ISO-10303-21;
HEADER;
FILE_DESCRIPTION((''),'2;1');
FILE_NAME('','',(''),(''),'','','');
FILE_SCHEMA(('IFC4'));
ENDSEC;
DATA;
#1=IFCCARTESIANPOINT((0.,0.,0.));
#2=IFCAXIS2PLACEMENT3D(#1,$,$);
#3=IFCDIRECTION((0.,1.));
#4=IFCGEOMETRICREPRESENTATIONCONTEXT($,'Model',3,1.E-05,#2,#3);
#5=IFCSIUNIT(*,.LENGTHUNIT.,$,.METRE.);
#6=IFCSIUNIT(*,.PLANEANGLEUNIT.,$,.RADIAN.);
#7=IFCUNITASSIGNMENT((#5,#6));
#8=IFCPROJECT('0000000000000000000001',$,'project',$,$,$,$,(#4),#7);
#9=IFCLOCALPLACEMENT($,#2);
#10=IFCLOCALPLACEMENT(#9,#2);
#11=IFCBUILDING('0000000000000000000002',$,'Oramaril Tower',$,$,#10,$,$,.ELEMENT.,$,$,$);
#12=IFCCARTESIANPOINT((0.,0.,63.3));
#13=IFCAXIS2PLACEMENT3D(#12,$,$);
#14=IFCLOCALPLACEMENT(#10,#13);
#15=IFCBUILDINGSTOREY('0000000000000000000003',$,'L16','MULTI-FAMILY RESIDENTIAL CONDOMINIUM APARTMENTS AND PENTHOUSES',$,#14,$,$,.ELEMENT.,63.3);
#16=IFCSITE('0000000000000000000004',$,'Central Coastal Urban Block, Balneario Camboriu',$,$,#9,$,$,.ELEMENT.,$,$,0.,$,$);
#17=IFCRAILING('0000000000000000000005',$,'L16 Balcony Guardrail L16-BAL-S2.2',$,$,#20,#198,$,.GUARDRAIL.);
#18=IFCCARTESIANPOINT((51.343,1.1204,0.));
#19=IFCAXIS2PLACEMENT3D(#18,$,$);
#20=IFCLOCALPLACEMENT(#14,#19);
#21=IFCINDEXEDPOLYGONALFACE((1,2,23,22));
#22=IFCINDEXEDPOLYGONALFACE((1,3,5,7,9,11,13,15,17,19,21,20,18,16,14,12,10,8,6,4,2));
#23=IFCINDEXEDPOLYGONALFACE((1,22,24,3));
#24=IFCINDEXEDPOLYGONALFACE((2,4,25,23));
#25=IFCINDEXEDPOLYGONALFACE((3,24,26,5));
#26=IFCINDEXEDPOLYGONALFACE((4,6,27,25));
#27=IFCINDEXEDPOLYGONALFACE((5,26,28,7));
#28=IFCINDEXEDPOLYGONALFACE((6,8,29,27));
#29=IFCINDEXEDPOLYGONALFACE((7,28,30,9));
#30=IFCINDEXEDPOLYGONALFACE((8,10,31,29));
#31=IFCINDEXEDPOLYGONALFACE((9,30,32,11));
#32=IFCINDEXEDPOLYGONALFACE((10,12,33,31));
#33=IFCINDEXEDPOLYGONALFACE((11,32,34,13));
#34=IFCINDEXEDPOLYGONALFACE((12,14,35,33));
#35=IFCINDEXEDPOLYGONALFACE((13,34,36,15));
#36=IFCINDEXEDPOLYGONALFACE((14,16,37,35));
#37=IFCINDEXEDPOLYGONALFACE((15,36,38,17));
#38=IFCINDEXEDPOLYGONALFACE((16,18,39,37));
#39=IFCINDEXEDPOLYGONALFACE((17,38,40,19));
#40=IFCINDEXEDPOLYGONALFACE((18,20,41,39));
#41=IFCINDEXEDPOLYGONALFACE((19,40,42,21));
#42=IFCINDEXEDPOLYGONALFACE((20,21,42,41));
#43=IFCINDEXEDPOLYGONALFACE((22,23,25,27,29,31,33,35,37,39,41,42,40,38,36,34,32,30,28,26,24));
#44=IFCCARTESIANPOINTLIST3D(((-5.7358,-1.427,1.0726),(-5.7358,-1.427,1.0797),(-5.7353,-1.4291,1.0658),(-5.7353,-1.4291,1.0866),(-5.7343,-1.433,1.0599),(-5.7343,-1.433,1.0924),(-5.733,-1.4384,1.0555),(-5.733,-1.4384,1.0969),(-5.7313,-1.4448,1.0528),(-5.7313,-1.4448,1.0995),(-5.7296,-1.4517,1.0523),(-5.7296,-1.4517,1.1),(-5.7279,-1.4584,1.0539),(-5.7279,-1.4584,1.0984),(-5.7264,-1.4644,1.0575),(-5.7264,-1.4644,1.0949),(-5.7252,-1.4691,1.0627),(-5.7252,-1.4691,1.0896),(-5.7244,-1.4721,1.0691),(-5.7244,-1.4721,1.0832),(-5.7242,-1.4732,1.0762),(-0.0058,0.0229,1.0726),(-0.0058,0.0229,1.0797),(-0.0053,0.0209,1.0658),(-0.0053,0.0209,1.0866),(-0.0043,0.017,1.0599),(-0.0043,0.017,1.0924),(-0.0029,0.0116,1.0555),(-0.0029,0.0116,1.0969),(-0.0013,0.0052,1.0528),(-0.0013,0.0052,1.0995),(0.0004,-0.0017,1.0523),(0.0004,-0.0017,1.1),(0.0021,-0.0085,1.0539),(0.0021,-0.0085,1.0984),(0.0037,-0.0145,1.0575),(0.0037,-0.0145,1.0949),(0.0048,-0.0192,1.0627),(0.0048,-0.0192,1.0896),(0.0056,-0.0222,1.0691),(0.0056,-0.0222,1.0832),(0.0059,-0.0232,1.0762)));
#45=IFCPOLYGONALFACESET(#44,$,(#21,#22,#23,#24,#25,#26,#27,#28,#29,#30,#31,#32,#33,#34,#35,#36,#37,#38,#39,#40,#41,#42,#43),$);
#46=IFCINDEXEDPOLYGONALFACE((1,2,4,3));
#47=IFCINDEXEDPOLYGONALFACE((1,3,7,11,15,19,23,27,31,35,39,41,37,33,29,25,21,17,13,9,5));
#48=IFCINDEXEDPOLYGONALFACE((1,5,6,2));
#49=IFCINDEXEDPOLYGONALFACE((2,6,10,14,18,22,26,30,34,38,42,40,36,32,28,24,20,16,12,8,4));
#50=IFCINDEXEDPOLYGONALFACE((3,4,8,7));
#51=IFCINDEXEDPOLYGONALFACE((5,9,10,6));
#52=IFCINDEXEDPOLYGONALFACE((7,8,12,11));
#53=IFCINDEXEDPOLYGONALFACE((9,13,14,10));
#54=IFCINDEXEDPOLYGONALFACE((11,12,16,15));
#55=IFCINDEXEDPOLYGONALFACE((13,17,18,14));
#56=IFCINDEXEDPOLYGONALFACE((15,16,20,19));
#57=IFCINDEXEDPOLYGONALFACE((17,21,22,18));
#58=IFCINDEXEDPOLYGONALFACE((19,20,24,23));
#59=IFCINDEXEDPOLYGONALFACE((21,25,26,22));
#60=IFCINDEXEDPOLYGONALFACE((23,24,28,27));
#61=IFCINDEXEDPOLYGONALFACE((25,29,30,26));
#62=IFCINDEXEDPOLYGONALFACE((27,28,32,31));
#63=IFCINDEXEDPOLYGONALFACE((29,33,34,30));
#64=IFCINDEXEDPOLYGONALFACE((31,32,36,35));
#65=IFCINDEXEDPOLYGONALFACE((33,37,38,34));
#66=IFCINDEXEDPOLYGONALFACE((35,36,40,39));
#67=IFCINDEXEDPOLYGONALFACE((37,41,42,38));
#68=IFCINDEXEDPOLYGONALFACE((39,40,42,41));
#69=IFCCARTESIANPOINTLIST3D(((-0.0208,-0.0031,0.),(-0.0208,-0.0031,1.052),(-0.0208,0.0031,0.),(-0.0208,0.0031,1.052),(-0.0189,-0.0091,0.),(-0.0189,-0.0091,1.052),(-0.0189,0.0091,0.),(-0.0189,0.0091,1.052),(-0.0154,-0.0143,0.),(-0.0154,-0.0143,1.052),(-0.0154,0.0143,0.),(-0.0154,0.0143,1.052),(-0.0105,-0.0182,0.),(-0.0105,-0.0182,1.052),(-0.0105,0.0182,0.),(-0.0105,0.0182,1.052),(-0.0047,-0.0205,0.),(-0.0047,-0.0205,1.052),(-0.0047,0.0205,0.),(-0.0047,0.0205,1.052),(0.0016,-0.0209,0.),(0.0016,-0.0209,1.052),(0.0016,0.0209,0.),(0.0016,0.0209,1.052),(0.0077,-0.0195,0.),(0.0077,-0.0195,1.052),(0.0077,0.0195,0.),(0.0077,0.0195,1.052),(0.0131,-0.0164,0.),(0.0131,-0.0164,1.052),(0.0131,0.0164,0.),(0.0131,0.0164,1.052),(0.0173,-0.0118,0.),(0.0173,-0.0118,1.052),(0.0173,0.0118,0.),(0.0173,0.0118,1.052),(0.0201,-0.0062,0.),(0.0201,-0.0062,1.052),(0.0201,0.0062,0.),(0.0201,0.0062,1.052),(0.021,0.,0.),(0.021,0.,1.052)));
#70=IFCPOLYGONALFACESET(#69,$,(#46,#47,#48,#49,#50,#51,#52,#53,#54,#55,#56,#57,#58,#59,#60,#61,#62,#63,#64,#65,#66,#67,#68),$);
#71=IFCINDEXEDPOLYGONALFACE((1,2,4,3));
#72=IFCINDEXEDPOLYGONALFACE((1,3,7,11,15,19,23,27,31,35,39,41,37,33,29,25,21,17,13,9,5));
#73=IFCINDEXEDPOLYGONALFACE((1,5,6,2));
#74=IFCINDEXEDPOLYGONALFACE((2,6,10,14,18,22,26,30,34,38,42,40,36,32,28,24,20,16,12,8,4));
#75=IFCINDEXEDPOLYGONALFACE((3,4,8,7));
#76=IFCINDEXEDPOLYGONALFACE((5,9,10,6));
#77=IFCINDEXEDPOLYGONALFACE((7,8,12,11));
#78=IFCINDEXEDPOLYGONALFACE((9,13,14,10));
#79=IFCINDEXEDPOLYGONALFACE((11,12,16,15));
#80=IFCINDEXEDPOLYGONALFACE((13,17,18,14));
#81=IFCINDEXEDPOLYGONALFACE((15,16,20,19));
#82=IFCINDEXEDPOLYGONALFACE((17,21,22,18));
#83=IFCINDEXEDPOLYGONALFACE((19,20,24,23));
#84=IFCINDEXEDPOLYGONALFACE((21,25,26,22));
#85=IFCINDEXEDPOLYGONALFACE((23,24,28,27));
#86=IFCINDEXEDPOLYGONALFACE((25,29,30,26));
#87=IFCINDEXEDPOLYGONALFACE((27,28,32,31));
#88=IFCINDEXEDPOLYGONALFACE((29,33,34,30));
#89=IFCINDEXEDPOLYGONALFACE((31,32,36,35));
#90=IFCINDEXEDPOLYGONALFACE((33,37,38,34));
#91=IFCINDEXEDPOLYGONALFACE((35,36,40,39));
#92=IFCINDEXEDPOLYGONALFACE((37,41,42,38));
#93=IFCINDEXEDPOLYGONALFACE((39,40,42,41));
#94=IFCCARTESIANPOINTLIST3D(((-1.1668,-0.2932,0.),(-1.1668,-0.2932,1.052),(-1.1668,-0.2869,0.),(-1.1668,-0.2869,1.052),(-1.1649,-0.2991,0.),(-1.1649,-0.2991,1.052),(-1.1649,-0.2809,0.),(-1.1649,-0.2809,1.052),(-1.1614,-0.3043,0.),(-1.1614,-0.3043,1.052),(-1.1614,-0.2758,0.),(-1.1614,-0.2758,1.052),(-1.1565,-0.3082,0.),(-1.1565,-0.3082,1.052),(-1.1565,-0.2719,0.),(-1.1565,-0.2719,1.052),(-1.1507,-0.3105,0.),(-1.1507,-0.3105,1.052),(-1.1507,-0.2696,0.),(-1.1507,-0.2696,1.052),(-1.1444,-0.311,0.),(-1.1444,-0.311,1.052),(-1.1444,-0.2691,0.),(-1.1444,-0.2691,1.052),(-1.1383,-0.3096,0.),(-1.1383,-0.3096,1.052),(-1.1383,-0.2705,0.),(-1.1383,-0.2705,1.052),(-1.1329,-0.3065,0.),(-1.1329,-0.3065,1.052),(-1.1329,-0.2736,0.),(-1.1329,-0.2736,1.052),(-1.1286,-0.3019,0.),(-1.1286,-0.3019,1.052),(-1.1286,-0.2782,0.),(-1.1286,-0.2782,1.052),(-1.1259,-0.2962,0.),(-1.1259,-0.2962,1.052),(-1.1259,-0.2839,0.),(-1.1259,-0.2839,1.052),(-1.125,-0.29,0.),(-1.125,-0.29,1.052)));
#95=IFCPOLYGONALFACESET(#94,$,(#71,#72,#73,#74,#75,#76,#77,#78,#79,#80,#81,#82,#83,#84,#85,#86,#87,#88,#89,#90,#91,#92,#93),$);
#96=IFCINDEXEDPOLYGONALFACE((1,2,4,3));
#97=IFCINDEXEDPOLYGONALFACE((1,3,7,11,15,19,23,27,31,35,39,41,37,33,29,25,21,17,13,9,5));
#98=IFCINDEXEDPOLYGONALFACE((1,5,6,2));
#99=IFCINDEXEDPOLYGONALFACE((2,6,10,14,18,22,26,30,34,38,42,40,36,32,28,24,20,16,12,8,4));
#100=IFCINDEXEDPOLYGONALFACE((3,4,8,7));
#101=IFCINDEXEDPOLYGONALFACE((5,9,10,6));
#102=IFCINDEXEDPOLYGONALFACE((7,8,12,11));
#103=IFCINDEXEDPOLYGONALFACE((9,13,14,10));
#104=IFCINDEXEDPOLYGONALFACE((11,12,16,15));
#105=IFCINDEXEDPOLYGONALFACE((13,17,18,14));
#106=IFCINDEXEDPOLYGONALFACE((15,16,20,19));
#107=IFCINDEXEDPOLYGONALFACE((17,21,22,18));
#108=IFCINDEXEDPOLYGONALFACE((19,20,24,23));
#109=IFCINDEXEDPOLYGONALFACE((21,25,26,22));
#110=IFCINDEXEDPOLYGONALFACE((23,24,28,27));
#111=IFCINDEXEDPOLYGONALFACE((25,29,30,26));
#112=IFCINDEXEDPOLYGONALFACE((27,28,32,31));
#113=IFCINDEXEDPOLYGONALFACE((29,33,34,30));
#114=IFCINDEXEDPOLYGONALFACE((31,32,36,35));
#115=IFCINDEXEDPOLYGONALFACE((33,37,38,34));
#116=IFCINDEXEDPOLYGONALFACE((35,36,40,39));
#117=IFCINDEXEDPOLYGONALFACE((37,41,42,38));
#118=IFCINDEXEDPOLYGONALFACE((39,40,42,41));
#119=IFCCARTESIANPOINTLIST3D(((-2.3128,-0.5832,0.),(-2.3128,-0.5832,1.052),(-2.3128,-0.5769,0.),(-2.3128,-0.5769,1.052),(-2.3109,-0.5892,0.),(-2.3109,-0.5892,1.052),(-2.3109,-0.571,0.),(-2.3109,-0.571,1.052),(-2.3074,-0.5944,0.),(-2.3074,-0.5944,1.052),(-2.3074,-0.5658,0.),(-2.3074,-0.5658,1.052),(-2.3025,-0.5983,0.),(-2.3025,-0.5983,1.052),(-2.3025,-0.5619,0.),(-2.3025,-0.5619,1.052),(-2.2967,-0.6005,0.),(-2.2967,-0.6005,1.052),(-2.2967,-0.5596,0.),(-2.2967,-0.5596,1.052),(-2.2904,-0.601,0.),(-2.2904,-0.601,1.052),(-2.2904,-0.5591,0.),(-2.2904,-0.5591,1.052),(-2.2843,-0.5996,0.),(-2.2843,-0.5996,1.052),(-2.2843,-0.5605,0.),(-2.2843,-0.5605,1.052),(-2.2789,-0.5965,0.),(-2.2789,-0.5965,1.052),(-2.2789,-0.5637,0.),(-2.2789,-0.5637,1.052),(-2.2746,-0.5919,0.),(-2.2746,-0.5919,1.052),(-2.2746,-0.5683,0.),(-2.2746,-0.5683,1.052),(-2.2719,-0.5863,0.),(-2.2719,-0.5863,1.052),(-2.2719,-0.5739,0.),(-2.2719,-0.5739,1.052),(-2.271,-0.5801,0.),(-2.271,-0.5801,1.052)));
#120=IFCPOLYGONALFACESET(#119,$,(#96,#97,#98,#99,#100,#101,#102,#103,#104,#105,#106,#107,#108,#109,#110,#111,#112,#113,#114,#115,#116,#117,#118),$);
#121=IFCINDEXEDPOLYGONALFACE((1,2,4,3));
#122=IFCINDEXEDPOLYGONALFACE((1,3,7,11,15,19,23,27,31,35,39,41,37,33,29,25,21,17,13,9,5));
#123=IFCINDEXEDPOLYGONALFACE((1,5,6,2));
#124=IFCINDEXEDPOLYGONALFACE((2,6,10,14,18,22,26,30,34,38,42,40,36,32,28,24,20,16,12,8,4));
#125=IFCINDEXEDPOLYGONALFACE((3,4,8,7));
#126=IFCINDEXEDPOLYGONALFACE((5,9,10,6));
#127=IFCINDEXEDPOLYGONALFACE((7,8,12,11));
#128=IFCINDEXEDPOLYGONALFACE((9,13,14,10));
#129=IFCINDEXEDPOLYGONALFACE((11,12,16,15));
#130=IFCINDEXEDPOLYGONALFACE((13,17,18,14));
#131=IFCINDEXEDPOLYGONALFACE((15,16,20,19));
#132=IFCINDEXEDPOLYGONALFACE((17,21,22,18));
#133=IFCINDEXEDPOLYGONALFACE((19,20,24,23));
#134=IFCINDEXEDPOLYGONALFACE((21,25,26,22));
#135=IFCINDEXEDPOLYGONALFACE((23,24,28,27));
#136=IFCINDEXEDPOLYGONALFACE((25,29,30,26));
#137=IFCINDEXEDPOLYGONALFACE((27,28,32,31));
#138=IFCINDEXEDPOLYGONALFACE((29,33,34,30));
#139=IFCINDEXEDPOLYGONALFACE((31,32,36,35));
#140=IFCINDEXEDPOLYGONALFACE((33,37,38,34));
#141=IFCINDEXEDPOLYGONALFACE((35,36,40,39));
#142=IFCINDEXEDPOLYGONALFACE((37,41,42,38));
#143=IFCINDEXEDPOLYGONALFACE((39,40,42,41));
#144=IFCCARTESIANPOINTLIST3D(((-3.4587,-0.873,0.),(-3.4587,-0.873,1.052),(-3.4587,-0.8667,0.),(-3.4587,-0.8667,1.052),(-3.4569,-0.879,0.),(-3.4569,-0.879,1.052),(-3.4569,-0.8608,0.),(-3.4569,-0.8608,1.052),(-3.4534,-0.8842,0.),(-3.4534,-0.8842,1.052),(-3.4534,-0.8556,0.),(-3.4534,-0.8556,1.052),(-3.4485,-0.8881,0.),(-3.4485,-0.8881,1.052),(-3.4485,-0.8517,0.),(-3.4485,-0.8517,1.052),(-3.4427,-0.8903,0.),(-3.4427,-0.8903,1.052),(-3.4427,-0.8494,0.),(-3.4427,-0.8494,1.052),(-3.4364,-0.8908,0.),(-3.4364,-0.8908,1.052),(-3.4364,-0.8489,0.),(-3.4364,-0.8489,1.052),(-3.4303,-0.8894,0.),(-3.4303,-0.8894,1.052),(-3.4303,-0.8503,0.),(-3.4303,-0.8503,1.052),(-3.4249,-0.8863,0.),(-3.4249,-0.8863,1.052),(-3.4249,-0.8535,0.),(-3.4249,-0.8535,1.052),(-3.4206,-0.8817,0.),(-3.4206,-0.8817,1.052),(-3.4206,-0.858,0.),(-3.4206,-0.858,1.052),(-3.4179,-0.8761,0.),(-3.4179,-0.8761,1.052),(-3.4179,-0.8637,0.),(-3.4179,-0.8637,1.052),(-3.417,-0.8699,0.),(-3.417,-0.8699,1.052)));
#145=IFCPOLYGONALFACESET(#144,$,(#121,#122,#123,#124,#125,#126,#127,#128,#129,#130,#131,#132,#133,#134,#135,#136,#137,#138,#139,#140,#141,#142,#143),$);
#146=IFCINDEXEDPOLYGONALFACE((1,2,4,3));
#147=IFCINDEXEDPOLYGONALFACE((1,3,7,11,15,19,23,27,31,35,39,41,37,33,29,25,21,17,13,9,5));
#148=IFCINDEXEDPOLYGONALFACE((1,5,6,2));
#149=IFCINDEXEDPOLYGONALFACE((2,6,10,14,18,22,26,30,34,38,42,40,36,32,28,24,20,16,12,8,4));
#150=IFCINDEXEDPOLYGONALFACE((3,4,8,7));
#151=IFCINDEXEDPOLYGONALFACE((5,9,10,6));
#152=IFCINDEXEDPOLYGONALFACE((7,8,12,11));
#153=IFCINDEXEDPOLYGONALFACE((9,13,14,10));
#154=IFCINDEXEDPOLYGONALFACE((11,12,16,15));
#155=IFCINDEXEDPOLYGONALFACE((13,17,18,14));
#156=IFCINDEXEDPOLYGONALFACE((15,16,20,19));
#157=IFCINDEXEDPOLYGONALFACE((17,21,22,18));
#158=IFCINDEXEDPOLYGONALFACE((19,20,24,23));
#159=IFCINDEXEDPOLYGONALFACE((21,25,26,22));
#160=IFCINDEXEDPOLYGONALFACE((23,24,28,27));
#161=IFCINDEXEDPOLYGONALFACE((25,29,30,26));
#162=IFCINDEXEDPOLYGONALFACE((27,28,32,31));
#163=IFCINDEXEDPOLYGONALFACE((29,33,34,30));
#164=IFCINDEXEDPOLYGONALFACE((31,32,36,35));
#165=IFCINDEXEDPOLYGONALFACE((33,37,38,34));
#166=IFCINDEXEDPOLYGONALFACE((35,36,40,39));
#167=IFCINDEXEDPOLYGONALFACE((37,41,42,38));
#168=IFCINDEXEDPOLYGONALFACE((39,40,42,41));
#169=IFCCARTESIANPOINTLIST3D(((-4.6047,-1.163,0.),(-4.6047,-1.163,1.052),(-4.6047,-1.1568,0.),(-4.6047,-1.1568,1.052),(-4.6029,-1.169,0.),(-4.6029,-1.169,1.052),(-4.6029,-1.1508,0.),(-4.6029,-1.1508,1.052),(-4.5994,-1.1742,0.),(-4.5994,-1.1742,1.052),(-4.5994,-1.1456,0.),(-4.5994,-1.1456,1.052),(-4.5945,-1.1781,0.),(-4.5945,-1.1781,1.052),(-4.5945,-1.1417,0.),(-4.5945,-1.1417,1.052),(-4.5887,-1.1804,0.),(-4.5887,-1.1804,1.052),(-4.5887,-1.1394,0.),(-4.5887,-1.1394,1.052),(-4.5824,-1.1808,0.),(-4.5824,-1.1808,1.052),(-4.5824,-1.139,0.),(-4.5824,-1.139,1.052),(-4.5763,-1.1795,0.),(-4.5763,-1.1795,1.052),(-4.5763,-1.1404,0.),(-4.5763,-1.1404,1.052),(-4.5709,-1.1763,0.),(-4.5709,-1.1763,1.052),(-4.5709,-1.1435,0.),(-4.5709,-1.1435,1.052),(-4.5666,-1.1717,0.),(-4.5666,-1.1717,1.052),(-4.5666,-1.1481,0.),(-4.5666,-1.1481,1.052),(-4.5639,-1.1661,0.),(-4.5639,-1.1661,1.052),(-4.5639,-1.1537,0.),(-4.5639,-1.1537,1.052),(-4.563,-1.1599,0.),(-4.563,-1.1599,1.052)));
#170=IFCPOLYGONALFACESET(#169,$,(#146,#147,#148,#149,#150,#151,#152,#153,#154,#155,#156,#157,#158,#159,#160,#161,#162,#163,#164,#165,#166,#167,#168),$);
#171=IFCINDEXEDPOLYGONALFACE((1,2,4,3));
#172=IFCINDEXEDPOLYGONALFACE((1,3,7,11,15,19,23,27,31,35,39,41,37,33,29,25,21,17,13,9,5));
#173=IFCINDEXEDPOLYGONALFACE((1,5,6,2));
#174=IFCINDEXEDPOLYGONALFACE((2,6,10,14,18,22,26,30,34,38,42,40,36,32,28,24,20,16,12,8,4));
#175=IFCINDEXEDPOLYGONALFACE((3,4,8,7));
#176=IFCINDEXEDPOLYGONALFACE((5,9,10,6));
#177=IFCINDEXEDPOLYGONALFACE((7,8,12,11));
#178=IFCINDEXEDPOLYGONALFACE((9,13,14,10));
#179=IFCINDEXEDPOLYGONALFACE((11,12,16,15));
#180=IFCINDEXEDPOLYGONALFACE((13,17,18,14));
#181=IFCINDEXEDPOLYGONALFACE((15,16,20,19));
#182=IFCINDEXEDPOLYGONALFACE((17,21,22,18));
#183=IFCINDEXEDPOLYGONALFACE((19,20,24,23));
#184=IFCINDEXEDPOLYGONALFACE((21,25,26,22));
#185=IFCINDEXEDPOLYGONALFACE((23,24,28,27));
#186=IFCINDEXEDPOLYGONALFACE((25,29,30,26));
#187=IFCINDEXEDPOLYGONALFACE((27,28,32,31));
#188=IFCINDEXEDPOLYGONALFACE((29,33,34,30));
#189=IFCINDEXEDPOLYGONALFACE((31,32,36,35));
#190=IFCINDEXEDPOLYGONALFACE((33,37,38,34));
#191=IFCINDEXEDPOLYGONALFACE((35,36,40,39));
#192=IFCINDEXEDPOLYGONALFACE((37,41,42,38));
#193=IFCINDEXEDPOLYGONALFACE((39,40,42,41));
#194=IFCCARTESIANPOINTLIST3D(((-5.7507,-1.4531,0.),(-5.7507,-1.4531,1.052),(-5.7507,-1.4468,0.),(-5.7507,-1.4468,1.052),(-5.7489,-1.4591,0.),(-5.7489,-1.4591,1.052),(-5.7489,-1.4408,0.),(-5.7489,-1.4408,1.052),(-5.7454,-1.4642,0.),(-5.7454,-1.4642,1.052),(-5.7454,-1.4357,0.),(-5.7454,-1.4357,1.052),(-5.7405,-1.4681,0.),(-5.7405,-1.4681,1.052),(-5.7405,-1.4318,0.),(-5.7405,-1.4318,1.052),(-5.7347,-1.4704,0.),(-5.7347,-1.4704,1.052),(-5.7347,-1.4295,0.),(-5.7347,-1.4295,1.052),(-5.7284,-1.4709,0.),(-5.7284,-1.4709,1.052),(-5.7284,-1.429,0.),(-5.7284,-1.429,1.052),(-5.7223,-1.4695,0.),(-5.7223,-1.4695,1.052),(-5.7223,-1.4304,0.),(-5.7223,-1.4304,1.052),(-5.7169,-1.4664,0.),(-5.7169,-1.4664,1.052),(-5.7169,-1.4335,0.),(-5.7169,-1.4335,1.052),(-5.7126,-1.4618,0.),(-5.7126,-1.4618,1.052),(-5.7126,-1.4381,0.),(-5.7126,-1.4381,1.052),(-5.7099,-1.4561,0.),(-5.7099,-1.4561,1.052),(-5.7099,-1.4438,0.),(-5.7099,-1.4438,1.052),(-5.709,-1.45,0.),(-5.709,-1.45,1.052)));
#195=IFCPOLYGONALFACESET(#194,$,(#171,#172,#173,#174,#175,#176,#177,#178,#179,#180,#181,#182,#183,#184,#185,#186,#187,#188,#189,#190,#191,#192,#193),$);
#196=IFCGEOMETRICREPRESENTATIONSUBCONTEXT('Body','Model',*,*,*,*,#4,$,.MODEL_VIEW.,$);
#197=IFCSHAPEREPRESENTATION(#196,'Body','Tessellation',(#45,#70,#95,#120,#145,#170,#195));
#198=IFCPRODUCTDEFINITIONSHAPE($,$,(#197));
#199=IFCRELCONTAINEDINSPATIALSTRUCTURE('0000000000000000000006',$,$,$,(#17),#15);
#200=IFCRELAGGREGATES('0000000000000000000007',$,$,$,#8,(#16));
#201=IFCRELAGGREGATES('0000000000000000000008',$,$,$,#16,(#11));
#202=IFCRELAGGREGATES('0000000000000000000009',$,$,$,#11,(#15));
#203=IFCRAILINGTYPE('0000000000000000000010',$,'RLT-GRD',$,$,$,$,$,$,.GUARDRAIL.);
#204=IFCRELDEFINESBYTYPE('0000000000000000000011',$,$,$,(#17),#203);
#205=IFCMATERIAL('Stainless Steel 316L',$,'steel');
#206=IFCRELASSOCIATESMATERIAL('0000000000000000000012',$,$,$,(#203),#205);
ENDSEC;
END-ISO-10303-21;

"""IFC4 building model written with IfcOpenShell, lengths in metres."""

from ifc_helpers import new_model, si_unit, direction, frame, origin, origin_2d, place, context, subcontext, project, spatial, circle, extrude, material, type_object, element, save


model = new_model("IFC4")

# Units and contexts
model_context = context("Model", 3, precision=1e-05, world=origin(), true_north=direction((0.0, 1.0)))
body_context = subcontext(model_context, "Body", "Model", "MODEL_VIEW")
ifc_project = project(units=[si_unit("LENGTHUNIT", "METRE"), si_unit("PLANEANGLEUNIT", "RADIAN")], contexts=[model_context])

# Site, building, storey
site_placement = place(None, origin())
site = spatial("IfcSite", under=ifc_project, at=site_placement, Name="Central Coastal Urban Block, Balneario Camboriu", CompositionType="ELEMENT", RefElevation=0.0)
building_placement = place(site_placement, origin())
building = spatial("IfcBuilding", under=site, at=building_placement, Name="Oramaril Tower", CompositionType="ELEMENT")
storey_placement = place(building_placement, frame((0.0, 0.0, 63.3)))
storey = spatial("IfcBuildingStorey", under=building, at=storey_placement, Name="L16", Description="MULTI-FAMILY RESIDENTIAL CONDOMINIUM APARTMENTS AND PENTHOUSES", CompositionType="ELEMENT", Elevation=63.3)

# Railing
ifc_material_1 = material(Name="Stainless Steel 316L", Category="steel")
railing_type = type_object("IfcRailingType", Name="RLT-GRD", PredefinedType="GUARDRAIL", material=ifc_material_1)
railing_1_placement = place(storey_placement, frame((51.343, 1.1204, 0.0)))
element("IfcRailing", 1, at=railing_1_placement, inside=storey, type_object=railing_type, Name="L16 Balcony Guardrail L16-BAL-S2.2", PredefinedType="GUARDRAIL", context=body_context, shape_type="SweptSolid", body=[
    extrude(circle(Radius=0.0239, at=origin_2d()), frame((0.0, 0.0, 1.0762), z_axis=(-0.969444, -0.245314, 0.0), x_axis=(0.245314, -0.969444, 0.0)), (0.0, 0.0, 1.0), 5.9106),
    extrude(circle(Radius=0.021, at=origin_2d()), origin(), (0.0, 0.0, 1.0), 1.052),
    extrude(circle(Radius=0.021, at=origin_2d()), frame((-1.146, -0.29, 0.0)), (0.0, 0.0, 1.0), 1.052),
    extrude(circle(Radius=0.021, at=origin_2d()), frame((-2.292, -0.5801, 0.0)), (0.0, 0.0, 1.0), 1.052),
    extrude(circle(Radius=0.021, at=origin_2d()), frame((-3.438, -0.8699, 0.0)), (0.0, 0.0, 1.0), 1.052),
    extrude(circle(Radius=0.021, at=origin_2d()), frame((-4.584, -1.1599, 0.0)), (0.0, 0.0, 1.0), 1.052),
    extrude(circle(Radius=0.021, at=origin_2d()), frame((-5.73, -1.45, 0.0)), (0.0, 0.0, 1.0), 1.052),
])

save(model, "model.ifc")
